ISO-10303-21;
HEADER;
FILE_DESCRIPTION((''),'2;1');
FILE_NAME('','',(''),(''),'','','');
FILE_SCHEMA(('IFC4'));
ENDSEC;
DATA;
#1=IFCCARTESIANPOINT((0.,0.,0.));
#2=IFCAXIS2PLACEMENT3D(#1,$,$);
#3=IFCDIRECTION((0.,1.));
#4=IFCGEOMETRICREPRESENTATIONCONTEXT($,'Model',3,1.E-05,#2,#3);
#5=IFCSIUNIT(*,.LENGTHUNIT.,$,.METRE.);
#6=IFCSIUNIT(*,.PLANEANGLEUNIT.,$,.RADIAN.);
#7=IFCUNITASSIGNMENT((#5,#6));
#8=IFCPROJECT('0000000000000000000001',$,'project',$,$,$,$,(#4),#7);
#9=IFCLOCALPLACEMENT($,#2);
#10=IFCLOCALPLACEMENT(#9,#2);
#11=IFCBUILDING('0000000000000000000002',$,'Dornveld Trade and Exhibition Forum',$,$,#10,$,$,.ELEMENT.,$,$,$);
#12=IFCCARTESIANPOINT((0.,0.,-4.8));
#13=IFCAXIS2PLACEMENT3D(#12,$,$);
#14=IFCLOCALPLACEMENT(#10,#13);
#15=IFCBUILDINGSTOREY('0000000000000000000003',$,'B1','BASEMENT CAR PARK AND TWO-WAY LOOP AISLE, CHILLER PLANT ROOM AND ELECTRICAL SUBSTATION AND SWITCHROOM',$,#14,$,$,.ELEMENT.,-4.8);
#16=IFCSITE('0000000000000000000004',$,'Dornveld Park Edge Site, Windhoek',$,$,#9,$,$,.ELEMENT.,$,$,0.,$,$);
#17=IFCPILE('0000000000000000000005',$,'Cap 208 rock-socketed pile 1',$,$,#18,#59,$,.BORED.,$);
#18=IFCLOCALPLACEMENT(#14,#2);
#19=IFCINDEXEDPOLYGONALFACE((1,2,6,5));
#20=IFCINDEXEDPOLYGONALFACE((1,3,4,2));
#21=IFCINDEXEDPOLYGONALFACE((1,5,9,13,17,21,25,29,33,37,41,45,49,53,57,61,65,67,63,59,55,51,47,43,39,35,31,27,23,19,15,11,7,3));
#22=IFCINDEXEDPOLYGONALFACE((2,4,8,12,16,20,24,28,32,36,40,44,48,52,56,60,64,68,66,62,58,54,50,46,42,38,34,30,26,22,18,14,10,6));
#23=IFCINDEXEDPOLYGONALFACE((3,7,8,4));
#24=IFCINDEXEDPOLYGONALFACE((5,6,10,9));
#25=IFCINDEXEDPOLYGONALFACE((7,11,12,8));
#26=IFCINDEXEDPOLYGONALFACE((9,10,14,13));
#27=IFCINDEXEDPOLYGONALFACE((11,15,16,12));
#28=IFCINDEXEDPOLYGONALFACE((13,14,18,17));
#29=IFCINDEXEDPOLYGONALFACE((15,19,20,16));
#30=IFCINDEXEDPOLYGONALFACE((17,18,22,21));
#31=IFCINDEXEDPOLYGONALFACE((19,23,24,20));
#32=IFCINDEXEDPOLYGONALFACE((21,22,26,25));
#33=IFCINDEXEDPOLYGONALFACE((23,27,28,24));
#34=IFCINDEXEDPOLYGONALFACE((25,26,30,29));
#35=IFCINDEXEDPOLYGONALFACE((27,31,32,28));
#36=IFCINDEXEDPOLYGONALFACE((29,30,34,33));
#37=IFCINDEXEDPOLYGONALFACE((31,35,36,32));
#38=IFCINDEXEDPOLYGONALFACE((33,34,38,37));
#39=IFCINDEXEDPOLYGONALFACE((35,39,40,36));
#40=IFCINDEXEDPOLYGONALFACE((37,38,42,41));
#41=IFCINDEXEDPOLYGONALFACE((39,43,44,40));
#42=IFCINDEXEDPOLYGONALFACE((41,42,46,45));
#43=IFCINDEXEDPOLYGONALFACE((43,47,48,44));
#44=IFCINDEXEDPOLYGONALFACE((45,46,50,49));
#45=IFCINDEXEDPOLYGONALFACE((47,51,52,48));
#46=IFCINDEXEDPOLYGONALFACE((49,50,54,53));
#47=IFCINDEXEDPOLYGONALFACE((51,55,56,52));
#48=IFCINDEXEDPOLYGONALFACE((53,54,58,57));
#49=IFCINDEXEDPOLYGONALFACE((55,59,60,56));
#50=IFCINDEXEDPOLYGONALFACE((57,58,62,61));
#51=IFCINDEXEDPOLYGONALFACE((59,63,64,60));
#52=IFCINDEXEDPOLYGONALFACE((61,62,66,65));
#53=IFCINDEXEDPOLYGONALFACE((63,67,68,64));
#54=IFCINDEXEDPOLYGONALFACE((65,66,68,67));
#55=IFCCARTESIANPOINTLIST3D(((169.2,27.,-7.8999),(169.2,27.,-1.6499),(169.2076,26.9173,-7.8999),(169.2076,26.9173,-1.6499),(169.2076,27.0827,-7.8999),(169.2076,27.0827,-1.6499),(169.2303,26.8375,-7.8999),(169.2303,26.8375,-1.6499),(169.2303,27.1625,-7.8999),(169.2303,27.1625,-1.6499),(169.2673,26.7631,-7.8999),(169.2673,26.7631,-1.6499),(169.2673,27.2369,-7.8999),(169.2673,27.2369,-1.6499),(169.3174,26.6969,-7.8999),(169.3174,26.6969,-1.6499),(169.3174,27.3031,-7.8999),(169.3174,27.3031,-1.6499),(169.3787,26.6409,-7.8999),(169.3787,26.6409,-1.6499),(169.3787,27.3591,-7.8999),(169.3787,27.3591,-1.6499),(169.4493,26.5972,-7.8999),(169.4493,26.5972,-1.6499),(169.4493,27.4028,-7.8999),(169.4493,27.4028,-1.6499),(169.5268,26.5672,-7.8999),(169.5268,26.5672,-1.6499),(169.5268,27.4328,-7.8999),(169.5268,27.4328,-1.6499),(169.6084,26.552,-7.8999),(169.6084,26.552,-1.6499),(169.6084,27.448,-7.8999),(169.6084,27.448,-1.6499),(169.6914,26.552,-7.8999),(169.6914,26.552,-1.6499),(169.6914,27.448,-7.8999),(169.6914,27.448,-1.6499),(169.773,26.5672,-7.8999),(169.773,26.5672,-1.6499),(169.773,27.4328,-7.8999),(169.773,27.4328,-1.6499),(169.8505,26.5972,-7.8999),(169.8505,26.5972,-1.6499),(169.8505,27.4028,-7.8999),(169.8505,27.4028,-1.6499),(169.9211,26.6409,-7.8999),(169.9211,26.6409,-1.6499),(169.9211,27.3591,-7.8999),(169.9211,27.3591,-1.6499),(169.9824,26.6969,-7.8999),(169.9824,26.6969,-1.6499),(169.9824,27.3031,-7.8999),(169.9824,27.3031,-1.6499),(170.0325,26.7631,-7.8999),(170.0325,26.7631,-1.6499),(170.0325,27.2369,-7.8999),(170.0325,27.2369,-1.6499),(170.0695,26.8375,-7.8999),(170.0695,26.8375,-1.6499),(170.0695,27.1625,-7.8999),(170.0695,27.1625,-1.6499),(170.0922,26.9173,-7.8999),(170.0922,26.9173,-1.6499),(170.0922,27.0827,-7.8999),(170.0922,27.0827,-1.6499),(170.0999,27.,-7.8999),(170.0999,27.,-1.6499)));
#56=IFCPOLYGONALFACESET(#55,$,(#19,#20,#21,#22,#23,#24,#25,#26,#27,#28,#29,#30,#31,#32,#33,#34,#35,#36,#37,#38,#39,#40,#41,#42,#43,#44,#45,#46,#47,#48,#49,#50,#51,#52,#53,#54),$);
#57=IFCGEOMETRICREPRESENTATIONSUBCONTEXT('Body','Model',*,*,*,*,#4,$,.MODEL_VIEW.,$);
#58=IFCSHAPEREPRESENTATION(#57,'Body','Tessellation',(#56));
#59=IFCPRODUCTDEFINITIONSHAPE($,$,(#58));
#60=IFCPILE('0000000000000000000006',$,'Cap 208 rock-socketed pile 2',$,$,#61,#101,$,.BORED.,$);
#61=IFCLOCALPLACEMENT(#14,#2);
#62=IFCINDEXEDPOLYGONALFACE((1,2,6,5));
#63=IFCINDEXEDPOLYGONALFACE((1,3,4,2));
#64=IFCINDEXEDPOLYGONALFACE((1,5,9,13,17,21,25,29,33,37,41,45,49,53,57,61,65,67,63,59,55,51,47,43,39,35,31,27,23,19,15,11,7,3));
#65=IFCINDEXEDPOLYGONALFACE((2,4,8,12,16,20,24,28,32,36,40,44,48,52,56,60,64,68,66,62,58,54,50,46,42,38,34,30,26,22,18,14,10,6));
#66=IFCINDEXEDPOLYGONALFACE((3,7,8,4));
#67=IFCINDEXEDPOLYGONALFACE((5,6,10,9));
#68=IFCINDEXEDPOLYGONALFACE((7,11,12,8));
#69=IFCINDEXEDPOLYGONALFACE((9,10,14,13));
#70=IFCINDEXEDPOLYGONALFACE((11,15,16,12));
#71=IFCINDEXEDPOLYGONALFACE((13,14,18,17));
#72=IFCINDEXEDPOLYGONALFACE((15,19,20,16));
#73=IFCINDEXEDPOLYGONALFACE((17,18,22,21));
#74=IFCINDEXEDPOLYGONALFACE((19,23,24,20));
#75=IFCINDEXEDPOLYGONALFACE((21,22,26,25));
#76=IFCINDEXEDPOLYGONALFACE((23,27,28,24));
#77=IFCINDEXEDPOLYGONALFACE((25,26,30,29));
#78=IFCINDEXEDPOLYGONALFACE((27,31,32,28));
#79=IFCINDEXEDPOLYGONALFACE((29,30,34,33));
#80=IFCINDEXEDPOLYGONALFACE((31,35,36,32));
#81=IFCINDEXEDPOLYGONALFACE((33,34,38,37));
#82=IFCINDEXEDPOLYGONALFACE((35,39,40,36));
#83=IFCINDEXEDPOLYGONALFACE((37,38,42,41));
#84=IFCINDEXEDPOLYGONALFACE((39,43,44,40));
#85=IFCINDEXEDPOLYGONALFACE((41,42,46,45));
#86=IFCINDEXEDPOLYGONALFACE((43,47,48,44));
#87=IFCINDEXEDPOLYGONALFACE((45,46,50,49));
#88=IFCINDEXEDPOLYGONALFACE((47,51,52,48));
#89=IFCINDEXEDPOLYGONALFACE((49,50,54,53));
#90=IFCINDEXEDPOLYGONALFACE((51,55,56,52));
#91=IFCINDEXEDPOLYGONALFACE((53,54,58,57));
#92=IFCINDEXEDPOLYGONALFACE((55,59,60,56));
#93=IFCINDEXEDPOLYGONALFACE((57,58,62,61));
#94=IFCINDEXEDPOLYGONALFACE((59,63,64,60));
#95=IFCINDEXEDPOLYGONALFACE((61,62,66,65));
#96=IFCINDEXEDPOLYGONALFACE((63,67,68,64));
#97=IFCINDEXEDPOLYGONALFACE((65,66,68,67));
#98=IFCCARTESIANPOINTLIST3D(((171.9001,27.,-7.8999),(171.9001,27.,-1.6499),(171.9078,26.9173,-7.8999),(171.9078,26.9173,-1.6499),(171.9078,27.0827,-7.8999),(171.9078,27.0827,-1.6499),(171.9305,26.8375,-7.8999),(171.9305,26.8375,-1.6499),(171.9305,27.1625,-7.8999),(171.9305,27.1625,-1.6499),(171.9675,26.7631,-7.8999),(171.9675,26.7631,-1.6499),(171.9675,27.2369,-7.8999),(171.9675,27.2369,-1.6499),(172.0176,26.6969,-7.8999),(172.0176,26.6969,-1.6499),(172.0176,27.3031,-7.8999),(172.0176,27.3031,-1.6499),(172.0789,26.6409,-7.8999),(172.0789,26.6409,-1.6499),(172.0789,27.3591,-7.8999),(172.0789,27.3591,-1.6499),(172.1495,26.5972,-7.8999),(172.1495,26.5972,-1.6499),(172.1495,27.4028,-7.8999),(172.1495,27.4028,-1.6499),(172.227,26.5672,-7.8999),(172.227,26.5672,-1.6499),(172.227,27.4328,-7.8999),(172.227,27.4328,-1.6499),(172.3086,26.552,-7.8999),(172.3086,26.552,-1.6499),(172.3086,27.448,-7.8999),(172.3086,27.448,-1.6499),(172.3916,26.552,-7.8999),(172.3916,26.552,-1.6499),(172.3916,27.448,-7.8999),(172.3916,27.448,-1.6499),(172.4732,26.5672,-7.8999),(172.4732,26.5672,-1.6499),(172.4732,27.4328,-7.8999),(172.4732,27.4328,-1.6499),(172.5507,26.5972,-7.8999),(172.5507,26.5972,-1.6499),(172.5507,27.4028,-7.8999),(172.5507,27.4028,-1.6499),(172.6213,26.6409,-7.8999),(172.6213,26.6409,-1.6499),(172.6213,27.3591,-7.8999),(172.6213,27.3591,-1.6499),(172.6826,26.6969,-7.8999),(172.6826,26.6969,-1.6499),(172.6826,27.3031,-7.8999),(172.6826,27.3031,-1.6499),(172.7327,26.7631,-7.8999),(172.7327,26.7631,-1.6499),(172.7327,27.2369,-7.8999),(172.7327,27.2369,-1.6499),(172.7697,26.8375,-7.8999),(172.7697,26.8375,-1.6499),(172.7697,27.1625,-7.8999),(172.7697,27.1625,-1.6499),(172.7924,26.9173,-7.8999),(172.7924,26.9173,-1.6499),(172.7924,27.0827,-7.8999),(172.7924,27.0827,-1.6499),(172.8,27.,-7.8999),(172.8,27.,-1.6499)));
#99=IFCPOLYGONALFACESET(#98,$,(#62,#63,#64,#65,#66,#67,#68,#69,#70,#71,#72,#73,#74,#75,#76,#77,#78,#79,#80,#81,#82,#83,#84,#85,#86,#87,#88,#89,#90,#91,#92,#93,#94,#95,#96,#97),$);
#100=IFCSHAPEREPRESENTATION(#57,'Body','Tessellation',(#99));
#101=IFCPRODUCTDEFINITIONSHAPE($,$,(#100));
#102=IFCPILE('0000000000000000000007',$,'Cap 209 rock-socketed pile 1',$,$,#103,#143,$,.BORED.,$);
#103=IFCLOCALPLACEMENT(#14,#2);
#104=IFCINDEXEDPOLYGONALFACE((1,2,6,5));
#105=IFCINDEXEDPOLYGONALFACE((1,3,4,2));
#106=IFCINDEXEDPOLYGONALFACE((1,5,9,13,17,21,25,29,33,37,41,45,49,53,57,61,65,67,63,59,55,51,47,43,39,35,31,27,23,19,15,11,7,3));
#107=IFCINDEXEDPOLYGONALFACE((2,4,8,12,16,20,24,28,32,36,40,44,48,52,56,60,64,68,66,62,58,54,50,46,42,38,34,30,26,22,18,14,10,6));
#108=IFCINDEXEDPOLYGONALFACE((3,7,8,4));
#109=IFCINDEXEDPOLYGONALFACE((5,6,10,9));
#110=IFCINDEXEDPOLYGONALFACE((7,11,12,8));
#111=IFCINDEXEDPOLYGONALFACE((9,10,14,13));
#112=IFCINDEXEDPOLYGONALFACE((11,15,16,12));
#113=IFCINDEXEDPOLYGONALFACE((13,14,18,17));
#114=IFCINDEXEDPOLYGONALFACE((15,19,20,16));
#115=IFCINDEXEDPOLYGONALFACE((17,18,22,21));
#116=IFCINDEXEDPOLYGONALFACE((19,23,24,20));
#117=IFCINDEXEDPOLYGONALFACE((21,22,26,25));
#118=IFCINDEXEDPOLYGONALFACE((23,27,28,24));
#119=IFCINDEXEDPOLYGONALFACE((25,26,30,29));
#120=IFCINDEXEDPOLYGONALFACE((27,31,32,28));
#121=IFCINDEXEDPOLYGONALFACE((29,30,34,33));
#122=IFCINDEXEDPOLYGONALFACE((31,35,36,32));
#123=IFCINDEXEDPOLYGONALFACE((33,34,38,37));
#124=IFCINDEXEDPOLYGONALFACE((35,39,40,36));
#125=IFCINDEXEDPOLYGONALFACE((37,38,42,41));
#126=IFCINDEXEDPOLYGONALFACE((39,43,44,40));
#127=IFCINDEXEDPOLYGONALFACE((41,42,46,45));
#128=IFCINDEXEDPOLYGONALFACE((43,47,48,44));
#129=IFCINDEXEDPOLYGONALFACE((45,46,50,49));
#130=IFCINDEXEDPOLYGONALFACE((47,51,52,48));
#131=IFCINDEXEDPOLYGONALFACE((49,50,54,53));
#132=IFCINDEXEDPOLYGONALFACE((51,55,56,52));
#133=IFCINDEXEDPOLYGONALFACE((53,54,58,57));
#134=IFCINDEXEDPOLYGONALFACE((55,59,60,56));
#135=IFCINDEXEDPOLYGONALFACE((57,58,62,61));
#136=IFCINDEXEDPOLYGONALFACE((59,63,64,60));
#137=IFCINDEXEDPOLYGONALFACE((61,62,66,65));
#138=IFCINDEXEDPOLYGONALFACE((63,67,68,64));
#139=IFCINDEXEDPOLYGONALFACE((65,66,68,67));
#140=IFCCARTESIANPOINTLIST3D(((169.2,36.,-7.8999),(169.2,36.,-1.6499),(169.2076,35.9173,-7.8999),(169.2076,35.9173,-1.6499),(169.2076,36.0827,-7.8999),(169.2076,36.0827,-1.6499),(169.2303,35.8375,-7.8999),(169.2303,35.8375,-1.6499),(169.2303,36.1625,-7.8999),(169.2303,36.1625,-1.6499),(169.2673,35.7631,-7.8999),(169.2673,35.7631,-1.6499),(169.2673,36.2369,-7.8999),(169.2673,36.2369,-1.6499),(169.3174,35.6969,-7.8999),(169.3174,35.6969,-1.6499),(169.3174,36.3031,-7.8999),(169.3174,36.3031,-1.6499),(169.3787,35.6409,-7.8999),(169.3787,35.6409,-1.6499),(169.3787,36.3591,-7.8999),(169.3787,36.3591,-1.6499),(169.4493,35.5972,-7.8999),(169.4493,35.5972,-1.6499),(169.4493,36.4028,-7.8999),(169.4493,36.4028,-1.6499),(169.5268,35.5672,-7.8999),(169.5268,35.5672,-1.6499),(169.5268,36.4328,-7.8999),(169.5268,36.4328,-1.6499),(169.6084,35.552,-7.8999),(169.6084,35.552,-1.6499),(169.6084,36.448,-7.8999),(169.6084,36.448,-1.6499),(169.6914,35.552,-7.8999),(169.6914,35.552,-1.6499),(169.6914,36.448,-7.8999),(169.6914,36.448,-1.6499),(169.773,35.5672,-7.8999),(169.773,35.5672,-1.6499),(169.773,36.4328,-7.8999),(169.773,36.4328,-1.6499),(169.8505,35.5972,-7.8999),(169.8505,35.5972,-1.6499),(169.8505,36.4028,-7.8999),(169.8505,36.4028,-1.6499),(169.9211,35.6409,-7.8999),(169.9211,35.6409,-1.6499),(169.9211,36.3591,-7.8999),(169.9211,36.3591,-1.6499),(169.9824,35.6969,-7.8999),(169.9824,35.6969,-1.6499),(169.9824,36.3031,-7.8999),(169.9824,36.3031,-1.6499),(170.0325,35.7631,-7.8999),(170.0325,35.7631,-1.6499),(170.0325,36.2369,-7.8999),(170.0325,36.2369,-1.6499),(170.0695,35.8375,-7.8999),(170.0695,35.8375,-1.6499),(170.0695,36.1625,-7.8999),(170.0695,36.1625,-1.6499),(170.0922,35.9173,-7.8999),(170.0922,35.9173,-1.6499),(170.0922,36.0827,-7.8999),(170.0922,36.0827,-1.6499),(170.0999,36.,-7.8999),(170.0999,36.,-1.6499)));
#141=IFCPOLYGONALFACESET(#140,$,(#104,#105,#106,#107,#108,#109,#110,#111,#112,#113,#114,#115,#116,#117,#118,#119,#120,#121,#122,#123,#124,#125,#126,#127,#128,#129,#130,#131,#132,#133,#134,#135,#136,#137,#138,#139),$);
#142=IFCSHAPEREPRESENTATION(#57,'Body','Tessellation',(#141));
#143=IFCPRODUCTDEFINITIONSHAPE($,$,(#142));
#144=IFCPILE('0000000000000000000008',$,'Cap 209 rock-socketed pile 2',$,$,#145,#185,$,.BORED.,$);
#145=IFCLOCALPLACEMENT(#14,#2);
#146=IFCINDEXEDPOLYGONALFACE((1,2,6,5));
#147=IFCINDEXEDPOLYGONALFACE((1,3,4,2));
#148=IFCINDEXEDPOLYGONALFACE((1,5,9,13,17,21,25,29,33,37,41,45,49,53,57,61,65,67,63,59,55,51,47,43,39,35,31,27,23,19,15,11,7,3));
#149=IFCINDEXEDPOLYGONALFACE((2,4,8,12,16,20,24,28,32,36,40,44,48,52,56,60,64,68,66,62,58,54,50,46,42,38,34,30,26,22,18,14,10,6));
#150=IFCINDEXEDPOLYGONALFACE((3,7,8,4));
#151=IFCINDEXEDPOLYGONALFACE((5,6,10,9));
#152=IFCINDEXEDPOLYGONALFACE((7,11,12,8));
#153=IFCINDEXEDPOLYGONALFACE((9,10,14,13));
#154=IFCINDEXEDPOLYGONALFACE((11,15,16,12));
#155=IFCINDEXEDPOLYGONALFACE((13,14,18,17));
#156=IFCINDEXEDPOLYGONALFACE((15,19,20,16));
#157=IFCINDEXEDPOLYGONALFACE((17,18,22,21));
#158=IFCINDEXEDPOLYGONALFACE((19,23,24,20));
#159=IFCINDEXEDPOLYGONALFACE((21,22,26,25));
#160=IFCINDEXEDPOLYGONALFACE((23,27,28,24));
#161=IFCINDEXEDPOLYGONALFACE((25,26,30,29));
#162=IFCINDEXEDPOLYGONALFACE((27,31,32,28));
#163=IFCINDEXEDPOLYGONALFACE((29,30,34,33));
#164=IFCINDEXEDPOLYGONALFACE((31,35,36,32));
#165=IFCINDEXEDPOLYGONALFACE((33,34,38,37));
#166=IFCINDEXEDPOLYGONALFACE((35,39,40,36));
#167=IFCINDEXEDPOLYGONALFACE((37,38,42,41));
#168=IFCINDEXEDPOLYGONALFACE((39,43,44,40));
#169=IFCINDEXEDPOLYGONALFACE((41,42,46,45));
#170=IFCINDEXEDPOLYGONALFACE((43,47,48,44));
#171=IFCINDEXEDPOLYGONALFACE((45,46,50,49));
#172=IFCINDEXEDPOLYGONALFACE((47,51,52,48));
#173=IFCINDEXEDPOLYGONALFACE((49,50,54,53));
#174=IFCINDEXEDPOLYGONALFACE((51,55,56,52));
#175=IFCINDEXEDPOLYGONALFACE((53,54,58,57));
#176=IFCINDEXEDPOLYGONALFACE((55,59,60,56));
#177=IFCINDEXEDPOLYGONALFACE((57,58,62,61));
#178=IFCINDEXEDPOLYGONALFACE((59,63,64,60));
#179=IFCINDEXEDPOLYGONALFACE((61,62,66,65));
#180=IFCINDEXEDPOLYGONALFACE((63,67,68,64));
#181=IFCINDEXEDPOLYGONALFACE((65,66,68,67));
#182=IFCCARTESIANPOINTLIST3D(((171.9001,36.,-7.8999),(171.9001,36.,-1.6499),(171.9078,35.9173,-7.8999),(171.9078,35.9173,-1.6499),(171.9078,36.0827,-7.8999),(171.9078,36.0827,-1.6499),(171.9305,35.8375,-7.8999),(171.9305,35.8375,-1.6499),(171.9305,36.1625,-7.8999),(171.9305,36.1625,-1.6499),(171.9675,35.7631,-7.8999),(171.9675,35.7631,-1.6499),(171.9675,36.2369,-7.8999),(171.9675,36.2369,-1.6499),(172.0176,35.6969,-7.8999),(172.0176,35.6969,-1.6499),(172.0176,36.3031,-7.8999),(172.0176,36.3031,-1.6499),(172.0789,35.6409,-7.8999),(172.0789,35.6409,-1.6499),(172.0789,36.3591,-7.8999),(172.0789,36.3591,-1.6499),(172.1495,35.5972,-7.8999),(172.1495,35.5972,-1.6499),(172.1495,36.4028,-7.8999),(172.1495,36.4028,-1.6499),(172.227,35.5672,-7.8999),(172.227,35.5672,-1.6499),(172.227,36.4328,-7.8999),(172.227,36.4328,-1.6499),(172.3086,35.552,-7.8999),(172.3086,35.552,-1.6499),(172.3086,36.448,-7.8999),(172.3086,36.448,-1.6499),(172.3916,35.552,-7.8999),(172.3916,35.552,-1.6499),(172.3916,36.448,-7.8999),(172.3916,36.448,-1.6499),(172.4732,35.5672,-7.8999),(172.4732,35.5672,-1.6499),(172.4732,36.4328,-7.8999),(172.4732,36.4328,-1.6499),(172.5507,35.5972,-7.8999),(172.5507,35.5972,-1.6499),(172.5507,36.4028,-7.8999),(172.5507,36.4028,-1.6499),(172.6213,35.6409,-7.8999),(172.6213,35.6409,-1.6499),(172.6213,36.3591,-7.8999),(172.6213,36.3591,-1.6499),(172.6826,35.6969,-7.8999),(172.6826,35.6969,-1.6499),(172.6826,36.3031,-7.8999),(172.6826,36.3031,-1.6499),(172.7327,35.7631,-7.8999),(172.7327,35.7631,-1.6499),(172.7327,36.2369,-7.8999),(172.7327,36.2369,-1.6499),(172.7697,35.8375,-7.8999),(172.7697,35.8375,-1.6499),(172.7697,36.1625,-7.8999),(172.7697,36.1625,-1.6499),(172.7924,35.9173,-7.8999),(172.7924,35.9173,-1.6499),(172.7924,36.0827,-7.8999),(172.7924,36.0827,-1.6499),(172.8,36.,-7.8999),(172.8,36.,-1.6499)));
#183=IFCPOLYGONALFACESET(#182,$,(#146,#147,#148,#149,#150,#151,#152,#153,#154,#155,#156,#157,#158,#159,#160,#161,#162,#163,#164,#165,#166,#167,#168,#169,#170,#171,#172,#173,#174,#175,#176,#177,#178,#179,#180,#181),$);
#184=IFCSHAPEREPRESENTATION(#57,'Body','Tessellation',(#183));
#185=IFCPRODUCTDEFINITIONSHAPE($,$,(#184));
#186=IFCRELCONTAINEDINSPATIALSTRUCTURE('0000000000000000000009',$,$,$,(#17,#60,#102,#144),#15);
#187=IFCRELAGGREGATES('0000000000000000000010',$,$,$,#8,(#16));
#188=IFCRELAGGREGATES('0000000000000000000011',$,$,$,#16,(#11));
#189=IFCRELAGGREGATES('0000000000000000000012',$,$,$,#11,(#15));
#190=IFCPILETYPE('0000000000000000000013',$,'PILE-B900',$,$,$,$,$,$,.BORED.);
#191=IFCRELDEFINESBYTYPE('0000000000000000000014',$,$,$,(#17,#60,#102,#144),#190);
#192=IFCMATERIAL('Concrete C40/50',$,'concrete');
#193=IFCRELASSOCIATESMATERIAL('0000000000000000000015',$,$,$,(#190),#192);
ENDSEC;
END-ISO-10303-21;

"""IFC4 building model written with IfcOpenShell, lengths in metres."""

from ifc_helpers import new_model, si_unit, direction, frame, origin, origin_2d, place, context, subcontext, project, spatial, circle, extrude, material, material_profile, profile_set, type_object, element, save


model = new_model("IFC4")

# Units and contexts
model_context = context("Model", 3, precision=1e-05, world=origin(), true_north=direction((0.0, 1.0)))
body_context = subcontext(model_context, "Body", "Model", "MODEL_VIEW")
ifc_project = project(units=[si_unit("LENGTHUNIT", "METRE"), si_unit("PLANEANGLEUNIT", "RADIAN")], contexts=[model_context])

# Site, building, storey
site_placement = place(None, origin())
site = spatial("IfcSite", under=ifc_project, at=site_placement, Name="Dornveld Park Edge Site, Windhoek", CompositionType="ELEMENT", RefElevation=0.0)
building_placement = place(site_placement, origin())
building = spatial("IfcBuilding", under=site, at=building_placement, Name="Dornveld Trade and Exhibition Forum", CompositionType="ELEMENT")
storey_placement = place(building_placement, frame((0.0, 0.0, -4.8)))
storey = spatial("IfcBuildingStorey", under=building, at=storey_placement, Name="B1", Description="BASEMENT CAR PARK AND TWO-WAY LOOP AISLE, CHILLER PLANT ROOM AND ELECTRICAL SUBSTATION AND SWITCHROOM", CompositionType="ELEMENT", Elevation=-4.8)

# Piles
ifc_material_1 = material(Name="Concrete C40/50", Category="concrete")
ifc_material_profile_1 = material_profile(ifc_material_1, circle(Radius=0.45, at=origin_2d()), Name="PILE D900")
ifc_profile_set_1 = profile_set([ifc_material_profile_1], Name="Concrete C40/50")
pile_type = type_object("IfcPileType", Name="PILE-B900", PredefinedType="BORED", material=ifc_profile_set_1)
for number, where, z_axis, x_axis, name in (
    (1, (169.6499, 27.0, -1.6499), (0.0, 0.0, -1.0), (1.0, 0.0, 0.0), "Cap 208 rock-socketed pile 1"),
    (2, (172.3501, 27.0, -1.6499), (0.0, 0.0, -1.0), (1.0, 0.0, 0.0), "Cap 208 rock-socketed pile 2"),
    (3, (169.6499, 36.0, -1.6499), (0.0, 0.0, -1.0), (1.0, 0.0, 0.0), "Cap 209 rock-socketed pile 1"),
    (4, (172.3501, 36.0, -1.6499), (0.0, 0.0, -1.0), (1.0, 0.0, 0.0), "Cap 209 rock-socketed pile 2"),
):
    element("IfcPile", number, at=place(storey_placement, frame(where, z_axis=z_axis, x_axis=x_axis)), inside=storey, type_object=pile_type, Name=name, PredefinedType="BORED", context=body_context, shape_type="SweptSolid", body=[
        extrude(circle(Radius=0.45, at=origin_2d()), origin(), (0.0, 0.0, 1.0), 6.25),
    ])

save(model, "model.ifc")
